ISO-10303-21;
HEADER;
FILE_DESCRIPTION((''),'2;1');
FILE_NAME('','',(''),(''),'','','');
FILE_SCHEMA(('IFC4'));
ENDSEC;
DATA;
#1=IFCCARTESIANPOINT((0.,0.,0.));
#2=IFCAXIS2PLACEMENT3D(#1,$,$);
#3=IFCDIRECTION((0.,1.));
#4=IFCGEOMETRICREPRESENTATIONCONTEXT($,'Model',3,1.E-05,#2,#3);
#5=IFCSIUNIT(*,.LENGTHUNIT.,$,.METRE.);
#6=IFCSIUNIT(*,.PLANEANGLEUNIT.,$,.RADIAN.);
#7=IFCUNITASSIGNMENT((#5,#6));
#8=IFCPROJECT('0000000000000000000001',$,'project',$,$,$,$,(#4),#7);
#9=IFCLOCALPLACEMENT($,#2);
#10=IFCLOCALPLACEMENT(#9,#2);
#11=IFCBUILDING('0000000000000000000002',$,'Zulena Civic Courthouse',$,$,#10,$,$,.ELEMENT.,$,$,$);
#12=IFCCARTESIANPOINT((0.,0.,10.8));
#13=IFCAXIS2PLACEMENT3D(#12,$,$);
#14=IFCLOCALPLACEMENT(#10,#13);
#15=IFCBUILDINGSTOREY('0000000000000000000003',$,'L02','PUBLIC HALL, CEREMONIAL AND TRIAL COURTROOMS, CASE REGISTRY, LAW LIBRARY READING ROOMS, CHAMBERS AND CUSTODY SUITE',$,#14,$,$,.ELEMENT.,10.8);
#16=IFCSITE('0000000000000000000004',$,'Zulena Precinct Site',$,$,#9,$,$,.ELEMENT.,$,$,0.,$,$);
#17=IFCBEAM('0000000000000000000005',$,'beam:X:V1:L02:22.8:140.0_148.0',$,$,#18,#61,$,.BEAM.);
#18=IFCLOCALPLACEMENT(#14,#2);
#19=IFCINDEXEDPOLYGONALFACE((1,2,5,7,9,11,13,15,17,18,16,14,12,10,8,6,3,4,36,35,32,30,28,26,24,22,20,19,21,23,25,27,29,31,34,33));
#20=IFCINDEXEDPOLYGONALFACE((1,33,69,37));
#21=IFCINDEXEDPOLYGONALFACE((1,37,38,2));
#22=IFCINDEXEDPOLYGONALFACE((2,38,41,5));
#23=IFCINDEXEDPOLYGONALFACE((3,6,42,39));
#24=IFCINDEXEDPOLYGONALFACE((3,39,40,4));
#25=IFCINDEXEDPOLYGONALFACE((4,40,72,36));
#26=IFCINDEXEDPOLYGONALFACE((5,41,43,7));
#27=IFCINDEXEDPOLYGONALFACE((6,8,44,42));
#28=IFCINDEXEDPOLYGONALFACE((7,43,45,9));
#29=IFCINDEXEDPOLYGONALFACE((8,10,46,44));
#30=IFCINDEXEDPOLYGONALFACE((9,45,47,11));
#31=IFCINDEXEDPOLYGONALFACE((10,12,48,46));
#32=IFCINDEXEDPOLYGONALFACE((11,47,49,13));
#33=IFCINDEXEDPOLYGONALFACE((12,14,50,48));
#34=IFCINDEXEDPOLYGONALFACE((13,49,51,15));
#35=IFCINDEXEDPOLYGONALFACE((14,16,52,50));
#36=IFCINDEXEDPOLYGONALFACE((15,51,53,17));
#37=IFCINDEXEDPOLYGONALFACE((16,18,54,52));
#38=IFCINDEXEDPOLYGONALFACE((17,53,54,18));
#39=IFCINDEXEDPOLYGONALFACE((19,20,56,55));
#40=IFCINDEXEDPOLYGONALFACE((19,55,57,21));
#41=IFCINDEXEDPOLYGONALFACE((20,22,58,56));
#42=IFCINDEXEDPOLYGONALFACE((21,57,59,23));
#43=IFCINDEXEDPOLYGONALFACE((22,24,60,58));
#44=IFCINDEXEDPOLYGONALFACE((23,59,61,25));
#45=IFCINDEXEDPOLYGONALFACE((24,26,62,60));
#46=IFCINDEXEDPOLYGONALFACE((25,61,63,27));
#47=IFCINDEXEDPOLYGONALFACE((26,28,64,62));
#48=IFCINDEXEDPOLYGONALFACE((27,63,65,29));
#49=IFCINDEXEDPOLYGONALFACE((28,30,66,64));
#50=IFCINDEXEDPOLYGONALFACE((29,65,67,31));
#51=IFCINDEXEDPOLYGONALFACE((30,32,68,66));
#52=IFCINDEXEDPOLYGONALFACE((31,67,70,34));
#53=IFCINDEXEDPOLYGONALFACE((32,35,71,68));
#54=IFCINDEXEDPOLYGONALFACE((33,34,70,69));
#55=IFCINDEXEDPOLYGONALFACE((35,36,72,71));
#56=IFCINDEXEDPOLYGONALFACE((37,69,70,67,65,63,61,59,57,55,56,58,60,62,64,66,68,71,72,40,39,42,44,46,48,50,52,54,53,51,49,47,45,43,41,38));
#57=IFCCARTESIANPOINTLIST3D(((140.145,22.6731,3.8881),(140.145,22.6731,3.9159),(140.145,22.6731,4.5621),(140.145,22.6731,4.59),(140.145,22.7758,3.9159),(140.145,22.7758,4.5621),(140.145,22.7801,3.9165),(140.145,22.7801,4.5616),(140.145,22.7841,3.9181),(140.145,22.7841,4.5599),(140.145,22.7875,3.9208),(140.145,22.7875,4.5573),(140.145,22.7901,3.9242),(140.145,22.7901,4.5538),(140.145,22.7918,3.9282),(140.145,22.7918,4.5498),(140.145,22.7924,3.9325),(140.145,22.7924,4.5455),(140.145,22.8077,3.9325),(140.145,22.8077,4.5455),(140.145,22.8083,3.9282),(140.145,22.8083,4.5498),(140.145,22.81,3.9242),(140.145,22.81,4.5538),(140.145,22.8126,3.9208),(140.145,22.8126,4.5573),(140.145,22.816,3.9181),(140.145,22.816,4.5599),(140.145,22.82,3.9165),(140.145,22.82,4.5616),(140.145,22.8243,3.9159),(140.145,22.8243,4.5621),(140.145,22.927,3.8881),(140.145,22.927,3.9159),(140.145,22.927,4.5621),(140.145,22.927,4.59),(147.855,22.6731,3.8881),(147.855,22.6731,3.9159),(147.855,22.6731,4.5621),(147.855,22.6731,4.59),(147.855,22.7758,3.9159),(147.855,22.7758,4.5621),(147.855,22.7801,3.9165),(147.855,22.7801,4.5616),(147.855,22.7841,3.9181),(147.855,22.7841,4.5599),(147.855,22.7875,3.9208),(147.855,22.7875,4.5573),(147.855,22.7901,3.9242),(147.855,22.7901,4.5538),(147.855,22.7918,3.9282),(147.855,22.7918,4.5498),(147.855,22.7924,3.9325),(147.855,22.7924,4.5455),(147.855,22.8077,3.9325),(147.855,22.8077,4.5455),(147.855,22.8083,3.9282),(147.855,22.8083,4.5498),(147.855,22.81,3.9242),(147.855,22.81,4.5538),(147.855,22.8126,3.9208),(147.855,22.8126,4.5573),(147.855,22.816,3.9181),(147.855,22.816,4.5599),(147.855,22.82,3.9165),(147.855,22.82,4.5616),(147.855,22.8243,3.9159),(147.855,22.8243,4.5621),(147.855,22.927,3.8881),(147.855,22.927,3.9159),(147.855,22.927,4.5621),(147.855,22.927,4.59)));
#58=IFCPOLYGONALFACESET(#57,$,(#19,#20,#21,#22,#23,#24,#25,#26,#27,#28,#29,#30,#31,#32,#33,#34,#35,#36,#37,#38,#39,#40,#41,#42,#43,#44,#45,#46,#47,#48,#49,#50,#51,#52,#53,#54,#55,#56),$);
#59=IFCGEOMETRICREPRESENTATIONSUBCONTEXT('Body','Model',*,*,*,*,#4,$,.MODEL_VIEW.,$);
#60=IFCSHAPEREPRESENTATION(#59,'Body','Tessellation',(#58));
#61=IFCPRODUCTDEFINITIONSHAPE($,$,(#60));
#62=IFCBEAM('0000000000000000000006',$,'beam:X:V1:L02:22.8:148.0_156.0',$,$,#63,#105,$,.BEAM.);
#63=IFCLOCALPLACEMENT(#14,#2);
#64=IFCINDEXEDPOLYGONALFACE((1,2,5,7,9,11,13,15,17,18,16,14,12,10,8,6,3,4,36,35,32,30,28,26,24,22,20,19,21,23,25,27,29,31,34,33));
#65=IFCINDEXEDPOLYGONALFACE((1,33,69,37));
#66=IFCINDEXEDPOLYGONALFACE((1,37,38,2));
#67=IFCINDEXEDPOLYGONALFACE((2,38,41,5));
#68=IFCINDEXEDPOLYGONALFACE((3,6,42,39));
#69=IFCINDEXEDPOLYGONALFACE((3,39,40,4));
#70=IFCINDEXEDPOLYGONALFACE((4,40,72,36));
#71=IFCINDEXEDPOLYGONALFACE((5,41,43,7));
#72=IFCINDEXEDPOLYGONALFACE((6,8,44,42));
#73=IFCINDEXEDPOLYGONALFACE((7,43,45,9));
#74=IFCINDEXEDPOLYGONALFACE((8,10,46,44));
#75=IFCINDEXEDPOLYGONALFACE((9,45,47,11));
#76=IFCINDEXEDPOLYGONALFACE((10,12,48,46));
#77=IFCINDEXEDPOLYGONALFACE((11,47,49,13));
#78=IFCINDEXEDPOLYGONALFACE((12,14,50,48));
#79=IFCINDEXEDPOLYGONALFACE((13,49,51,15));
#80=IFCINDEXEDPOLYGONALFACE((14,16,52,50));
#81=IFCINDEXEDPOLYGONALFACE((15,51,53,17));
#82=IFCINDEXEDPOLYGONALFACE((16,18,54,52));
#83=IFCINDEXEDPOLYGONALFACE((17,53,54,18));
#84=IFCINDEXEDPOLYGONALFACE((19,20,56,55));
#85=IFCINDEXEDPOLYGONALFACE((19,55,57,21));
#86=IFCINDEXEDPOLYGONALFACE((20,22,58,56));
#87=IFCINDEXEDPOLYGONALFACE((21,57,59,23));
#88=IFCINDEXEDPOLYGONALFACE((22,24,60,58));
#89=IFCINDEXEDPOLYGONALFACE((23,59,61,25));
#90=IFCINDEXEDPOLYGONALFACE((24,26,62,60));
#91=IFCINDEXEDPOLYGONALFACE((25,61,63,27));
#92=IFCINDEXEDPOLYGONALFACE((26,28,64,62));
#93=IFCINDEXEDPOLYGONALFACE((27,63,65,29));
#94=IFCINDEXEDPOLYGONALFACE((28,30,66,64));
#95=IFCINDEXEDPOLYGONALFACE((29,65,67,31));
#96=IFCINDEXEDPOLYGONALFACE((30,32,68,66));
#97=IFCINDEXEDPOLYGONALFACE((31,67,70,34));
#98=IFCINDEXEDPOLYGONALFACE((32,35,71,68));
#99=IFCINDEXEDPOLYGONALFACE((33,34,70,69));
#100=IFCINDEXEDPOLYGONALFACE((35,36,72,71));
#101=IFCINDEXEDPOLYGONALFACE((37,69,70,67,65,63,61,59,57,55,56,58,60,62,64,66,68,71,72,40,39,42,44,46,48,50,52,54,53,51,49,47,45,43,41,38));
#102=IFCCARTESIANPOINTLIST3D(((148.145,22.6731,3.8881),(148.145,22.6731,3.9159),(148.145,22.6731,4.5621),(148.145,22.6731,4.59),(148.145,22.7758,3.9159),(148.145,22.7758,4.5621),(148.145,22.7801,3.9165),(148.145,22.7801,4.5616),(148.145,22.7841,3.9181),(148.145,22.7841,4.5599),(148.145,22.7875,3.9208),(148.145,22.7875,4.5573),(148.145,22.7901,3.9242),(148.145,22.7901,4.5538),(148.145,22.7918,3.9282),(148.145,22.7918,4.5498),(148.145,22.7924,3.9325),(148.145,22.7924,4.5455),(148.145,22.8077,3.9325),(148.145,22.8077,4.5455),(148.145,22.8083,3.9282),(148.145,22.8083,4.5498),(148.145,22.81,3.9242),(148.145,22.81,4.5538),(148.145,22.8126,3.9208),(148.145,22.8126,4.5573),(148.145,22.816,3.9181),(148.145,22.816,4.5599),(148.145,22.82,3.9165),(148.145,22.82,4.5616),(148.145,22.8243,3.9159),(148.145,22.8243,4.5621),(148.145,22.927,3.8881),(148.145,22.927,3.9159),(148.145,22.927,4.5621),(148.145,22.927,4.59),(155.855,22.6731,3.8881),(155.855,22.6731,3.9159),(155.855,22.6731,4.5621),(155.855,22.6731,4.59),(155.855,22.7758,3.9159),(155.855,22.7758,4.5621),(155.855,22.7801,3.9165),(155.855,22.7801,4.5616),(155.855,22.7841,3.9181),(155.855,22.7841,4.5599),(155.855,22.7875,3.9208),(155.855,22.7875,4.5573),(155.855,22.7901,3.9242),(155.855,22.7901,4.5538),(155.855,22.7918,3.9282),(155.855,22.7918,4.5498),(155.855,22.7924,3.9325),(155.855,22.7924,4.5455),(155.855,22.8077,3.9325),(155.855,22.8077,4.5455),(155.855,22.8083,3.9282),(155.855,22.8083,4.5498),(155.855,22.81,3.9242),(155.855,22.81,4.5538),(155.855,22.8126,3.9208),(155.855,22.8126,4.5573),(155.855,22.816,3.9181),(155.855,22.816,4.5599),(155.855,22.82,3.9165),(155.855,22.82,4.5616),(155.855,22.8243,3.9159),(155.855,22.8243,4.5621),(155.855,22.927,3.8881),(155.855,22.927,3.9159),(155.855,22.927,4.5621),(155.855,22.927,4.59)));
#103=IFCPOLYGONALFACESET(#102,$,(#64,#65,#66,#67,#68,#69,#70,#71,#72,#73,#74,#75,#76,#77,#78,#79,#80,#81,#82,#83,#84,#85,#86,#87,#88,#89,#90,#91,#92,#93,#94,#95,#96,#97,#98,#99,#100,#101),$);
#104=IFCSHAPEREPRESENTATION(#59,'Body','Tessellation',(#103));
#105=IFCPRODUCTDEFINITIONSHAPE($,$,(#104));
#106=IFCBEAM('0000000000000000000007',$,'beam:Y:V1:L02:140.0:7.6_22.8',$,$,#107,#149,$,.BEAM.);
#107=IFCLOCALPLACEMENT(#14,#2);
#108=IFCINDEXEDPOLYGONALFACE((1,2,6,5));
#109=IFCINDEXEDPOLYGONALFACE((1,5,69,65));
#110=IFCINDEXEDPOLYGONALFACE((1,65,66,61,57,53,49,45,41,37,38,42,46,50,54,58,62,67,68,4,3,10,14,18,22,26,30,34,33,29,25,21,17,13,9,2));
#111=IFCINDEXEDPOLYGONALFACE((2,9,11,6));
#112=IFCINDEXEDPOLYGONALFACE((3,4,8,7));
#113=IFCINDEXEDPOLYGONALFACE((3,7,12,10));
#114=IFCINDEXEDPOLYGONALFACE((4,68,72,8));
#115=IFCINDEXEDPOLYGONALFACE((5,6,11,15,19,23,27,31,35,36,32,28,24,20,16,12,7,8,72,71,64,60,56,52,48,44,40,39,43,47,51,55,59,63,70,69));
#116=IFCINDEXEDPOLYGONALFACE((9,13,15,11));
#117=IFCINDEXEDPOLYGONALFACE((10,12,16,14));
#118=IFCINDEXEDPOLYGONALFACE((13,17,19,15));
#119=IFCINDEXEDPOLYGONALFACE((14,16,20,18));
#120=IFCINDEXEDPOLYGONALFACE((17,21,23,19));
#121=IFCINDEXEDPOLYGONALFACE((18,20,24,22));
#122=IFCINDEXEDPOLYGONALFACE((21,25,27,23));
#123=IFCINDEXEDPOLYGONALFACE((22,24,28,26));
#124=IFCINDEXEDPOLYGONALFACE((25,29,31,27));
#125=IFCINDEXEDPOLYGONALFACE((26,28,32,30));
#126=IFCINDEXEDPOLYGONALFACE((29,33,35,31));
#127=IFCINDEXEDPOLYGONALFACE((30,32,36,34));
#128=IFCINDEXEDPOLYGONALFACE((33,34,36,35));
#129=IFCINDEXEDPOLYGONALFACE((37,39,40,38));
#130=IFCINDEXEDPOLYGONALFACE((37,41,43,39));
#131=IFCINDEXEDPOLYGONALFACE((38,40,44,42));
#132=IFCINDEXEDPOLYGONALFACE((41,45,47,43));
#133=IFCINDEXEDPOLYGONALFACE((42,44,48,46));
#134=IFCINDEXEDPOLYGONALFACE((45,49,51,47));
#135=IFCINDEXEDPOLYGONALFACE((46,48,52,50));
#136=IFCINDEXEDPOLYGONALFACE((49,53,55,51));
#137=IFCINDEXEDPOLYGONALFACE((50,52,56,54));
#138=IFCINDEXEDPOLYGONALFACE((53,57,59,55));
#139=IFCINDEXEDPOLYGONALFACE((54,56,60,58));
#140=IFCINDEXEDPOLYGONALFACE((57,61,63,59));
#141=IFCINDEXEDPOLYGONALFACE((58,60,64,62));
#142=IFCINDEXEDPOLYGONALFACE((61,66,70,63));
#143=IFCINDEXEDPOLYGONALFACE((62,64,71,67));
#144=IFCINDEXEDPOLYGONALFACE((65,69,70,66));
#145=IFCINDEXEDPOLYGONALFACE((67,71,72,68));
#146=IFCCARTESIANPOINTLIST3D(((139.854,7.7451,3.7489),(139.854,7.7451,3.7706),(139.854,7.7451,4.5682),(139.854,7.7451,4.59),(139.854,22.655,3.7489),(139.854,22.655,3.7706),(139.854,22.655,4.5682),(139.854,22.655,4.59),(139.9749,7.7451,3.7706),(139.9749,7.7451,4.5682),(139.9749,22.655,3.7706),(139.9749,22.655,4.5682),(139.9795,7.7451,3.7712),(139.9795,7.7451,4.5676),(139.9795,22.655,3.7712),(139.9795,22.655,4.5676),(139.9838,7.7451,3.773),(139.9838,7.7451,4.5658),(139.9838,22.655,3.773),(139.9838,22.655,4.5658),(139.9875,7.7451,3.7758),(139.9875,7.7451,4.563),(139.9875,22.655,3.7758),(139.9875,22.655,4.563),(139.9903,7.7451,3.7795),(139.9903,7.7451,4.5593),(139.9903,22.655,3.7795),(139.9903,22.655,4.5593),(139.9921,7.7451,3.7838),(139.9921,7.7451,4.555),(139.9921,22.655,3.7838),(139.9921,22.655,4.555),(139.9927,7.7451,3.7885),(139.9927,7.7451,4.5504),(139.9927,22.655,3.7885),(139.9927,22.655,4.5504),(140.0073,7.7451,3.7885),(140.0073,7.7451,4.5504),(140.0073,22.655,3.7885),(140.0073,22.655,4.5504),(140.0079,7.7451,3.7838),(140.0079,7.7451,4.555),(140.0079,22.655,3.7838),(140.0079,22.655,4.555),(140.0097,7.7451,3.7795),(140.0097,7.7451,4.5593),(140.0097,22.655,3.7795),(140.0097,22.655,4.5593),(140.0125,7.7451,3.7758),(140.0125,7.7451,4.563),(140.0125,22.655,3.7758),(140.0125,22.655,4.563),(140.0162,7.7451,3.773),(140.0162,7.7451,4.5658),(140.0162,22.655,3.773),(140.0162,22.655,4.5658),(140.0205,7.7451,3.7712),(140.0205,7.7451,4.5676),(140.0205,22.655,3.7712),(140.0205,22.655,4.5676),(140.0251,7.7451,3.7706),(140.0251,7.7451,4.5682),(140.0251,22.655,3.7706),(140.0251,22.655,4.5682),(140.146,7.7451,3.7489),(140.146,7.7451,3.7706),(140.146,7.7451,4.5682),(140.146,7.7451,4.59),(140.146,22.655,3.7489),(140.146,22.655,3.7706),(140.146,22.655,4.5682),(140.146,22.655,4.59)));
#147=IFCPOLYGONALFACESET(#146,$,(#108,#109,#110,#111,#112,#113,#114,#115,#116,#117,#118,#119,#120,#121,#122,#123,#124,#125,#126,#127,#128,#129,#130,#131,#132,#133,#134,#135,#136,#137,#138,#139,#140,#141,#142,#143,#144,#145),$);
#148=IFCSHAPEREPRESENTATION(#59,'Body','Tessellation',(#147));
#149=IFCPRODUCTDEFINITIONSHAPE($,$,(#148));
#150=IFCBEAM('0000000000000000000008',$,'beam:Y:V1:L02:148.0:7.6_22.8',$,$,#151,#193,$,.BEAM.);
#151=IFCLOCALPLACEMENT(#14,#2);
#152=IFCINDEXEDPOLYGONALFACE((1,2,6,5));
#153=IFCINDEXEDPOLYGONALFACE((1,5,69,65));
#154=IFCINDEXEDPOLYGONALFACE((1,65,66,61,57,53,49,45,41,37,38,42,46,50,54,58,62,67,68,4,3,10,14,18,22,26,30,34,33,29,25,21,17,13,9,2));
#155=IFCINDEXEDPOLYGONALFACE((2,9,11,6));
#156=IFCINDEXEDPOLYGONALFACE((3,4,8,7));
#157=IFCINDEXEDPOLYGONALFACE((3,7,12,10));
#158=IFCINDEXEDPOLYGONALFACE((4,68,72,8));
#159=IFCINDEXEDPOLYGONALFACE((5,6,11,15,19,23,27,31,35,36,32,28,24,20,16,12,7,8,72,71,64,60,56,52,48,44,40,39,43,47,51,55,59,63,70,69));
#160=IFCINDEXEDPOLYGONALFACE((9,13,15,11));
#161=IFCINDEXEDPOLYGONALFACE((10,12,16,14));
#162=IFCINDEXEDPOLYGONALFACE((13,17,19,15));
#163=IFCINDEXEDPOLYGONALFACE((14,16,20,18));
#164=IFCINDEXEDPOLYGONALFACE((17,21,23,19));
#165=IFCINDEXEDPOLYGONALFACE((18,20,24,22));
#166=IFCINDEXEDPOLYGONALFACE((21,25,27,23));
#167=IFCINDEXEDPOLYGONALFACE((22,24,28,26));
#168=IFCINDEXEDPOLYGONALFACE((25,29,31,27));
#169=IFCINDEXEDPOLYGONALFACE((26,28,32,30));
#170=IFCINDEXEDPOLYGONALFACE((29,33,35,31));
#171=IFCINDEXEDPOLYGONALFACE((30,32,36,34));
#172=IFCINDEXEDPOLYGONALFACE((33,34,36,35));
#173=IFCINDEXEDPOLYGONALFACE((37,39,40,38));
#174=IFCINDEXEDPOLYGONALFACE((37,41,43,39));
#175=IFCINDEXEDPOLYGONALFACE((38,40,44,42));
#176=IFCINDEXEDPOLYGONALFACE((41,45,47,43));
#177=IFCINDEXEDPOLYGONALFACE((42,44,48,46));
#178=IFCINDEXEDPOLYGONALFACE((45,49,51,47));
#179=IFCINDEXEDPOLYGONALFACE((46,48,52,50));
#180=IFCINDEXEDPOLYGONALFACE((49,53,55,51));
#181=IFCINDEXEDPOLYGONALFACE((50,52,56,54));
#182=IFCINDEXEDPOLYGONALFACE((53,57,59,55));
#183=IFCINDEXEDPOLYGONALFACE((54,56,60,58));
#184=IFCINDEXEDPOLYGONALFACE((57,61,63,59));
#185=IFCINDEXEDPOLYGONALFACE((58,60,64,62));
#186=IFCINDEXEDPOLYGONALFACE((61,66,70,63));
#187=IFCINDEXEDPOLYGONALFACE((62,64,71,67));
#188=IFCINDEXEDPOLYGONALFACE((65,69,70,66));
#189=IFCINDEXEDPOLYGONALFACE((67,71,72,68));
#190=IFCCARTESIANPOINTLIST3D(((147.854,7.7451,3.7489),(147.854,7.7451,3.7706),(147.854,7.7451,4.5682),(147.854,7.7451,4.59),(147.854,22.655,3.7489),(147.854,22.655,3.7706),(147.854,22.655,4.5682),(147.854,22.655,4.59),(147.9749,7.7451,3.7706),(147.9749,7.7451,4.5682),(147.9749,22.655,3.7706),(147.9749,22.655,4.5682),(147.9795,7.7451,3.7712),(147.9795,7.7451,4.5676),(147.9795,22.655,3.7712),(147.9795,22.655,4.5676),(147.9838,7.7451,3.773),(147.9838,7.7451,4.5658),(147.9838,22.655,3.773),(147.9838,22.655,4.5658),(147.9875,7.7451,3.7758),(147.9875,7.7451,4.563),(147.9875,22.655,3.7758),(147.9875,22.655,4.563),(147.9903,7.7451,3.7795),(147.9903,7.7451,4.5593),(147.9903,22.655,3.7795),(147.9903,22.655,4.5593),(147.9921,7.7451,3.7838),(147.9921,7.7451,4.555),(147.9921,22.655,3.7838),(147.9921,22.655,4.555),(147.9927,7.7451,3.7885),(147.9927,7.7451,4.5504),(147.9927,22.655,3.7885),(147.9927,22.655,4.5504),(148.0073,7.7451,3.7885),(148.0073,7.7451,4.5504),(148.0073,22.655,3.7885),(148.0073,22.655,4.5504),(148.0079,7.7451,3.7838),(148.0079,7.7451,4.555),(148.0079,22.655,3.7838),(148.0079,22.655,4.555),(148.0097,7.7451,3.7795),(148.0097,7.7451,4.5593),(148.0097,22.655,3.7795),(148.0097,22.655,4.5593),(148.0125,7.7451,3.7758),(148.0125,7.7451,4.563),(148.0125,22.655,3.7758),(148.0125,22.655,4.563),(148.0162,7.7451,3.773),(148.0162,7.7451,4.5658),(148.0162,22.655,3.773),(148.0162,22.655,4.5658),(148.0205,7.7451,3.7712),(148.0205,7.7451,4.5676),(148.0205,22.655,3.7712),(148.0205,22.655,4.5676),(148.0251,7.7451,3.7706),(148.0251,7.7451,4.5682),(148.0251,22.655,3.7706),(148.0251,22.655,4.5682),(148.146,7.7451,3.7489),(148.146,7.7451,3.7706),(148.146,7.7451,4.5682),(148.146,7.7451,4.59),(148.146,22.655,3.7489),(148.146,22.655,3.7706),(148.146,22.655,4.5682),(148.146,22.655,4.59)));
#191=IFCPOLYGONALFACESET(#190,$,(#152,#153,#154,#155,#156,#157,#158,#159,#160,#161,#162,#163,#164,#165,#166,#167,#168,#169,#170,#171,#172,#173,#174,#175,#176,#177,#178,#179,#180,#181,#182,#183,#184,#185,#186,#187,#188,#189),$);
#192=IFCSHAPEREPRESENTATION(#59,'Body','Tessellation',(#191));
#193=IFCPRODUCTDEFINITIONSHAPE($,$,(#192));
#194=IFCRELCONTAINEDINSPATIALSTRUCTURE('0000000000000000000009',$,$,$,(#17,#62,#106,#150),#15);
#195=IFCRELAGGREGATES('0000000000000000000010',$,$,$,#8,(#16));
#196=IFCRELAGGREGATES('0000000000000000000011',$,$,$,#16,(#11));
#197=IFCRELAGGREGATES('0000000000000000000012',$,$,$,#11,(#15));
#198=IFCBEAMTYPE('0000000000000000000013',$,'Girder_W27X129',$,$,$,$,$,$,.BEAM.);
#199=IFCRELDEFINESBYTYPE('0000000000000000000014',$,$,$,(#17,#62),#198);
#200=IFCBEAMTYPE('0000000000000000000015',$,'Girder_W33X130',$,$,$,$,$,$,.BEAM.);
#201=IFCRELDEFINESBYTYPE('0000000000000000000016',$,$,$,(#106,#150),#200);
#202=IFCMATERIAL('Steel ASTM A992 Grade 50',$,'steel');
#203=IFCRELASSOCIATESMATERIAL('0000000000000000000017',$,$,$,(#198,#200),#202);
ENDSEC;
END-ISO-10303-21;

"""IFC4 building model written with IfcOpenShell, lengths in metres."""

from ifc_helpers import new_model, si_unit, direction, frame, origin, origin_2d, place, context, subcontext, project, spatial, i_section, extrude, material, material_profile, profile_set, type_object, element, save


model = new_model("IFC4")

# Units and contexts
model_context = context("Model", 3, precision=1e-05, world=origin(), true_north=direction((0.0, 1.0)))
body_context = subcontext(model_context, "Body", "Model", "MODEL_VIEW")
ifc_project = project(units=[si_unit("LENGTHUNIT", "METRE"), si_unit("PLANEANGLEUNIT", "RADIAN")], contexts=[model_context])

# Site, building, storey
site_placement = place(None, origin())
site = spatial("IfcSite", under=ifc_project, at=site_placement, Name="Zulena Precinct Site", CompositionType="ELEMENT", RefElevation=0.0)
building_placement = place(site_placement, origin())
building = spatial("IfcBuilding", under=site, at=building_placement, Name="Zulena Civic Courthouse", CompositionType="ELEMENT")
storey_placement = place(building_placement, frame((0.0, 0.0, 10.8)))
storey = spatial("IfcBuildingStorey", under=building, at=storey_placement, Name="L02", Description="PUBLIC HALL, CEREMONIAL AND TRIAL COURTROOMS, CASE REGISTRY, LAW LIBRARY READING ROOMS, CHAMBERS AND CUSTODY SUITE", CompositionType="ELEMENT", Elevation=10.8)

# Shared definitions
ifc_material_1 = material(Name="Steel ASTM A992 Grade 50", Category="steel")

# Beams
ifc_material_profile_1 = material_profile(ifc_material_1, i_section(OverallWidth=0.2539, OverallDepth=0.7019, WebThickness=0.0154, FlangeThickness=0.0278, FilletRadius=0.0166, at=origin_2d()), Name="W27X129")
ifc_profile_set_1 = profile_set([ifc_material_profile_1], Name="Steel ASTM A992 Grade 50")
beam_type_1 = type_object("IfcBeamType", Name="Girder_W27X129", PredefinedType="BEAM", material=ifc_profile_set_1)
for number, where, z_axis, x_axis, name in (
    (1, (140.145, 22.8, 4.239), (1.0, 0.0, 0.0), (0.0, 1.0, 0.0), "beam:X:V1:L02:22.8:140.0_148.0"),
    (2, (148.145, 22.8, 4.239), (1.0, 0.0, 0.0), (0.0, 1.0, 0.0), "beam:X:V1:L02:22.8:148.0_156.0"),
):
    element("IfcBeam", number, at=place(storey_placement, frame(where, z_axis=z_axis, x_axis=x_axis)), inside=storey, type_object=beam_type_1, Name=name, PredefinedType="BEAM", context=body_context, shape_type="SweptSolid", body=[
        extrude(i_section(OverallWidth=0.2539, OverallDepth=0.7019, WebThickness=0.0154, FlangeThickness=0.0278, FilletRadius=0.0166, at=origin_2d()), origin(), (0.0, 0.0, 1.0), 7.71),
    ])
ifc_material_profile_2 = material_profile(ifc_material_1, i_section(OverallWidth=0.292, OverallDepth=0.8411, WebThickness=0.0146, FlangeThickness=0.0217, FilletRadius=0.0178, at=origin_2d()), Name="W33X130")
ifc_profile_set_2 = profile_set([ifc_material_profile_2], Name="Steel ASTM A992 Grade 50")
beam_type_2 = type_object("IfcBeamType", Name="Girder_W33X130", PredefinedType="BEAM", material=ifc_profile_set_2)
for number, where, z_axis, x_axis, name in (
    (3, (140.0, 7.7451, 4.1694), (0.0, 1.0, 0.0), (-1.0, 0.0, 0.0), "beam:Y:V1:L02:140.0:7.6_22.8"),
    (4, (148.0, 7.7451, 4.1694), (0.0, 1.0, 0.0), (-1.0, 0.0, 0.0), "beam:Y:V1:L02:148.0:7.6_22.8"),
):
    element("IfcBeam", number, at=place(storey_placement, frame(where, z_axis=z_axis, x_axis=x_axis)), inside=storey, type_object=beam_type_2, Name=name, PredefinedType="BEAM", context=body_context, shape_type="SweptSolid", body=[
        extrude(i_section(OverallWidth=0.292, OverallDepth=0.8411, WebThickness=0.0146, FlangeThickness=0.0217, FilletRadius=0.0178, at=origin_2d()), origin(), (0.0, 0.0, 1.0), 14.9099),
    ])

save(model, "model.ifc")
